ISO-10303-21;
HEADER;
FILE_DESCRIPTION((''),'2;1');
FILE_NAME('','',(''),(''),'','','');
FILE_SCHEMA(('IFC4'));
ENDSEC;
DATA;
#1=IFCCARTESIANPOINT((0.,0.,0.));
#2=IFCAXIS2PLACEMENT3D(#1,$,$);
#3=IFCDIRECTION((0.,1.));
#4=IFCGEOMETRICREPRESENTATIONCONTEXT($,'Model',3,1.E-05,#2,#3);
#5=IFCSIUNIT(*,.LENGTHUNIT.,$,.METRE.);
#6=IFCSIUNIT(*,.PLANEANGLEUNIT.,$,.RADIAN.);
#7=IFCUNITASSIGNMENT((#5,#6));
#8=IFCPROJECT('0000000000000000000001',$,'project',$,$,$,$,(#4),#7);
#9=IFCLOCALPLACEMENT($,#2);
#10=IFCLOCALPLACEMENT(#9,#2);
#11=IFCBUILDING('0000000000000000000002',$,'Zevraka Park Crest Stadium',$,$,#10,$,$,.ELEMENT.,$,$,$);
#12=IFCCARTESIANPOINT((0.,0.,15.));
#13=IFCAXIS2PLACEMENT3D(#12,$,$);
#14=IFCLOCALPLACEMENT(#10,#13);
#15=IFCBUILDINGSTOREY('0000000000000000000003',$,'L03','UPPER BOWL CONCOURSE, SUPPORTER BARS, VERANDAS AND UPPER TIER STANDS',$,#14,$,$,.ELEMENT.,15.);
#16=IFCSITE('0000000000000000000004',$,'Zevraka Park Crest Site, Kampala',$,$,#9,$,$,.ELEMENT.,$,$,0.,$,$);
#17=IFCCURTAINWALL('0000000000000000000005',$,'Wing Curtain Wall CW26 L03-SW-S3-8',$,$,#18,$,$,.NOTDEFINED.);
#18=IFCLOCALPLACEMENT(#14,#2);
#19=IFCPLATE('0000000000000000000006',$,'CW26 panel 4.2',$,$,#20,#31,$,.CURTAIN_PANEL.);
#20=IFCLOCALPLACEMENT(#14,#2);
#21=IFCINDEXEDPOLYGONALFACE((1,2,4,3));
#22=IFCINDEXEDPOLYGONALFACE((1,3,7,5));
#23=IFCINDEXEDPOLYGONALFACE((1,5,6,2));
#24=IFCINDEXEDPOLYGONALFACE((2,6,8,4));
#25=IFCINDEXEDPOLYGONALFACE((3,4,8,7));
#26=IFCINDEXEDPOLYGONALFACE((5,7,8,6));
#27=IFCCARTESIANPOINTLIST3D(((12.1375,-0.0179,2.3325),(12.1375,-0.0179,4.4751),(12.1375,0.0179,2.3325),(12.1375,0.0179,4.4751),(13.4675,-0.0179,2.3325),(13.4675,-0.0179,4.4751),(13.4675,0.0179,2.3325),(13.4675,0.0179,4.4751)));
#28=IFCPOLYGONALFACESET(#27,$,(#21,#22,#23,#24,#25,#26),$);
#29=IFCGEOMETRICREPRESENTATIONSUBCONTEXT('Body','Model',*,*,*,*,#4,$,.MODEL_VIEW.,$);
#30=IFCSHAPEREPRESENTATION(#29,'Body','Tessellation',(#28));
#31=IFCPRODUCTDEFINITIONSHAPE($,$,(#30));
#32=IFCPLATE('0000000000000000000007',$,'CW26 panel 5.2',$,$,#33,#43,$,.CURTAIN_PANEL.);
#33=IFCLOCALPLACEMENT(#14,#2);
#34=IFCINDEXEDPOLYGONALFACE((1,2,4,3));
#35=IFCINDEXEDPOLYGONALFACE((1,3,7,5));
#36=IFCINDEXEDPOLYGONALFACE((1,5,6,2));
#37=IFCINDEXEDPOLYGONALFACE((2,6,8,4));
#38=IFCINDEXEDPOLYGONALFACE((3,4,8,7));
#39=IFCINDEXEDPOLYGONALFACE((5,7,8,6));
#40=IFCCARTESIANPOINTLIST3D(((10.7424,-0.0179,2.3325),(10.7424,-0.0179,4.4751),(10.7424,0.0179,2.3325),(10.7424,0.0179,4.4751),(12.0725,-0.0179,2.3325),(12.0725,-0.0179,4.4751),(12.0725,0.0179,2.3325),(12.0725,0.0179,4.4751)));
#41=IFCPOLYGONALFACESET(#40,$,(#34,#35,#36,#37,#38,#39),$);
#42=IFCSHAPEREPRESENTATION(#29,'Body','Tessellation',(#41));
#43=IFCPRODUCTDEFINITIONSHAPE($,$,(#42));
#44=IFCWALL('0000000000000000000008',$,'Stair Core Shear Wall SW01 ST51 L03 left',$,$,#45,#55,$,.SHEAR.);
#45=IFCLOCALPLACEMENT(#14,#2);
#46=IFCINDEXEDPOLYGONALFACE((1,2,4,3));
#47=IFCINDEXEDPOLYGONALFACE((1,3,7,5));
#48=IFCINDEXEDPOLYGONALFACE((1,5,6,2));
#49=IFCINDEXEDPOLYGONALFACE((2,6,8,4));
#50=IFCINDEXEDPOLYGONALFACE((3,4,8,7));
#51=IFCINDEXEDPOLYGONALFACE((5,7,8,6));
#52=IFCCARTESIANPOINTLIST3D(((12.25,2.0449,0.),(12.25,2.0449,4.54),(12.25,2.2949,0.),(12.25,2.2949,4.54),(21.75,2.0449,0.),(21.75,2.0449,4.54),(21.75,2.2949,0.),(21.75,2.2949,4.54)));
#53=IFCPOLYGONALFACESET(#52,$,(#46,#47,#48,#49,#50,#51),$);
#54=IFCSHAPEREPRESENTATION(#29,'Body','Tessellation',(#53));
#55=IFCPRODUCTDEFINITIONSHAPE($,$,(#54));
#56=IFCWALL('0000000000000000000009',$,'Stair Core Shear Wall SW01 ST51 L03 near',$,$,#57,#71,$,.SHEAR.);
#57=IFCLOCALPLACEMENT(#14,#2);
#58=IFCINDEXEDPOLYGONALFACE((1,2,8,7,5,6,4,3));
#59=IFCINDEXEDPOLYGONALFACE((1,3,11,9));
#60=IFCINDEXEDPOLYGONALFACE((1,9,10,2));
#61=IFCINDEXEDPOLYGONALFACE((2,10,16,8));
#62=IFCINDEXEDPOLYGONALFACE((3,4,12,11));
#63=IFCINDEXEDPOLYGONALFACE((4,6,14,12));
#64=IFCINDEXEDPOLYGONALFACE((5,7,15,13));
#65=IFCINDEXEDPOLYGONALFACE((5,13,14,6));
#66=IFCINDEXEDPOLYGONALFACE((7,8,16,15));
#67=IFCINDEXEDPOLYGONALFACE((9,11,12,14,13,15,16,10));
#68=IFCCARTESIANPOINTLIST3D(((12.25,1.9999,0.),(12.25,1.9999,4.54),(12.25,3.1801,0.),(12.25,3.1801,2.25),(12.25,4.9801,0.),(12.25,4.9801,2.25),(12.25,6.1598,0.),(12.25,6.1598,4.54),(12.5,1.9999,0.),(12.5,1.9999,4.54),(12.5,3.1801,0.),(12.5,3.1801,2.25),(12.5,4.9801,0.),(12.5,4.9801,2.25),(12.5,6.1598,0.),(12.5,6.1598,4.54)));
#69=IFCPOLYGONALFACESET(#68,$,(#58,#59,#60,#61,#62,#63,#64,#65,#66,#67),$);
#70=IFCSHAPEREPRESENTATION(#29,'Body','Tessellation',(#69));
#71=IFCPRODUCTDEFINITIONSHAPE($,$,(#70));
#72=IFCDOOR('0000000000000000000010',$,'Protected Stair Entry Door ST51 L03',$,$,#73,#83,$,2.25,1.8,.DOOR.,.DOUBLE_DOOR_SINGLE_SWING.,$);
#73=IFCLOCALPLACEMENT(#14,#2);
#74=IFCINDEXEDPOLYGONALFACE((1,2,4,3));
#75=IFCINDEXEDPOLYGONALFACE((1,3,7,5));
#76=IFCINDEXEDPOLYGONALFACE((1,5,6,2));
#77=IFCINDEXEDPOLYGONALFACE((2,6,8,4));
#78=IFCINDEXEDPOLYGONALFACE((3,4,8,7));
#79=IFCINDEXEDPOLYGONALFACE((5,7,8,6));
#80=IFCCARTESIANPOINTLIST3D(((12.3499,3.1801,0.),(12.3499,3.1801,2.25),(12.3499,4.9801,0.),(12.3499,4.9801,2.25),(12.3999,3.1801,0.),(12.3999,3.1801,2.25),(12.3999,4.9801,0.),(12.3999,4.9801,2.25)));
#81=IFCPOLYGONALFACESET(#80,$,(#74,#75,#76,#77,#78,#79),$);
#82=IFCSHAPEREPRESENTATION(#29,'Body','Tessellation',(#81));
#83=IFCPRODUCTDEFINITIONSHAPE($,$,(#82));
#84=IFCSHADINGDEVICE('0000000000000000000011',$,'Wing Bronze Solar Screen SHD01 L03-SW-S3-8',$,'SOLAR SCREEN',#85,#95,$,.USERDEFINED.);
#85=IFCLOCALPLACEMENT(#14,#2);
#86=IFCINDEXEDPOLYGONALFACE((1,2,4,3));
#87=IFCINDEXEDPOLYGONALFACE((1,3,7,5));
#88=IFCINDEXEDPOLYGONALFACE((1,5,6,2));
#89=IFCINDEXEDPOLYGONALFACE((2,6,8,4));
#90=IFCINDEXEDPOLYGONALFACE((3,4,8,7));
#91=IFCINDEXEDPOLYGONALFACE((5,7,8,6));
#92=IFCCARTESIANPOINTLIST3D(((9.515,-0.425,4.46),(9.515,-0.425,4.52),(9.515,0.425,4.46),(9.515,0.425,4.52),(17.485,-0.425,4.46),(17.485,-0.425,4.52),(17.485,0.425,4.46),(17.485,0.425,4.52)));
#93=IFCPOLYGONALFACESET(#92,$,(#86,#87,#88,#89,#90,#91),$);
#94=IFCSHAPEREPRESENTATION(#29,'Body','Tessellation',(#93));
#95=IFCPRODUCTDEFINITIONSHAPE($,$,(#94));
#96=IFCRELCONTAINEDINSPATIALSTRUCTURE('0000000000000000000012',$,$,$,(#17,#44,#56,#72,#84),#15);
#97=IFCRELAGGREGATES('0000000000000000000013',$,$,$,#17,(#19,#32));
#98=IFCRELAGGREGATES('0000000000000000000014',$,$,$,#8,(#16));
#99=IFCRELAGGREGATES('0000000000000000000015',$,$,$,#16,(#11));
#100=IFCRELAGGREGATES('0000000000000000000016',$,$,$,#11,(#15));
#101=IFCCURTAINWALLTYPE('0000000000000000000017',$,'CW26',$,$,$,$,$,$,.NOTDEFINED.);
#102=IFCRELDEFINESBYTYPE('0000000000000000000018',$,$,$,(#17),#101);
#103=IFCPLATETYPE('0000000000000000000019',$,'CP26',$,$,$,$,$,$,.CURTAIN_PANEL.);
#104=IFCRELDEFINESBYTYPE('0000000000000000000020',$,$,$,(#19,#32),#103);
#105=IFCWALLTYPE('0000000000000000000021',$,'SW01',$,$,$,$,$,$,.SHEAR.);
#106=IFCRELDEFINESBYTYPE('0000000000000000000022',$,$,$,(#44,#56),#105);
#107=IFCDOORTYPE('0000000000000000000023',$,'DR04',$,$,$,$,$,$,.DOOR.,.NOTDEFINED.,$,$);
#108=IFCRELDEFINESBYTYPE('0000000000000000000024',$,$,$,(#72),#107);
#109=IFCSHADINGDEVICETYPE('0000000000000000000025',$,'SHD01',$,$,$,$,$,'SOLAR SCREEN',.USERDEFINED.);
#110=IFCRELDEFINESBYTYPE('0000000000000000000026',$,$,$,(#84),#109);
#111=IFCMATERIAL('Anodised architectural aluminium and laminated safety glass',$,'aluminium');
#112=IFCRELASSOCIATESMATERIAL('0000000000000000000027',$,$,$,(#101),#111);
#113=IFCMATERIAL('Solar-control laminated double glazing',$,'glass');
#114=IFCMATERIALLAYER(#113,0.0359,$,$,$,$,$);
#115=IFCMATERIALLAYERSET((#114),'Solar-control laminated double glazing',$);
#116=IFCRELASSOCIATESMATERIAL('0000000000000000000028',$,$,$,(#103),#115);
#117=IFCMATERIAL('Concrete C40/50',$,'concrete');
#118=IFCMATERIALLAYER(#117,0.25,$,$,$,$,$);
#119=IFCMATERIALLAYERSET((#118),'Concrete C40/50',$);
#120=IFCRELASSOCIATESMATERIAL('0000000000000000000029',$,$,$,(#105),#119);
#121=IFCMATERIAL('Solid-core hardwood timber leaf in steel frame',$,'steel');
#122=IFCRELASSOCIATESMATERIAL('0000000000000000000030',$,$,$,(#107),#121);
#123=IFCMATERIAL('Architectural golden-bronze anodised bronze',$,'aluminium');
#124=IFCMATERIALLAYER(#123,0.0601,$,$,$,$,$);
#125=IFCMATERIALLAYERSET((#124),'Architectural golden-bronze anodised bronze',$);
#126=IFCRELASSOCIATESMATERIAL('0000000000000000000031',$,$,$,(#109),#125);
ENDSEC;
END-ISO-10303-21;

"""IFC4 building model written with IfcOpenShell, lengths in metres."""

from ifc_helpers import new_model, si_unit, direction, frame, frame_2d, origin, origin_2d, place, context, subcontext, project, spatial, rectangle, extrude, material, layer, layer_set, type_object, element, fill, aggregate, save


model = new_model("IFC4")

# Units and contexts
model_context = context("Model", 3, precision=1e-05, world=origin(), true_north=direction((0.0, 1.0)))
body_context = subcontext(model_context, "Body", "Model", "MODEL_VIEW")
ifc_project = project(units=[si_unit("LENGTHUNIT", "METRE"), si_unit("PLANEANGLEUNIT", "RADIAN")], contexts=[model_context])

# Site, building, storey
site_placement = place(None, origin())
site = spatial("IfcSite", under=ifc_project, at=site_placement, Name="Zevraka Park Crest Site, Kampala", CompositionType="ELEMENT", RefElevation=0.0)
building_placement = place(site_placement, origin())
building = spatial("IfcBuilding", under=site, at=building_placement, Name="Zevraka Park Crest Stadium", CompositionType="ELEMENT")
storey_placement = place(building_placement, frame((0.0, 0.0, 15.0)))
storey = spatial("IfcBuildingStorey", under=building, at=storey_placement, Name="L03", Description="UPPER BOWL CONCOURSE, SUPPORTER BARS, VERANDAS AND UPPER TIER STANDS", CompositionType="ELEMENT", Elevation=15.0)

# Curtain wall, plates
ifc_material_1 = material(Name="Anodised architectural aluminium and laminated safety glass", Category="aluminium")
curtain_wall_type = type_object("IfcCurtainWallType", Name="CW26", PredefinedType="NOTDEFINED", material=ifc_material_1)
curtain_wall_placement = place(storey_placement, origin())
curtain_wall = element("IfcCurtainWall", 1, at=curtain_wall_placement, inside=storey, type_object=curtain_wall_type, Name="Wing Curtain Wall CW26 L03-SW-S3-8", PredefinedType="NOTDEFINED")
ifc_material_2 = material(Name="Solar-control laminated double glazing", Category="glass")
ifc_layer_1 = layer(ifc_material_2, 0.0359)
ifc_layer_set_1 = layer_set([ifc_layer_1], Name="Solar-control laminated double glazing")
plate_type = type_object("IfcPlateType", Name="CP26", PredefinedType="CURTAIN_PANEL", material=ifc_layer_set_1)
plate_1_placement = place(storey_placement, frame((12.8025, 0.0, 2.3325), z_axis=(0.0, 0.0, 1.0), x_axis=(-1.0, 0.0, 0.0)))
plate_1 = element("IfcPlate", 2, at=plate_1_placement, type_object=plate_type, Name="CW26 panel 4.2", PredefinedType="CURTAIN_PANEL", context=body_context, shape_type="SweptSolid", body=[
    extrude(rectangle(XDim=1.3301, YDim=0.0359, at=origin_2d()), origin(), (0.0, 0.0, 1.0), 2.1426),
])
plate_2_placement = place(storey_placement, frame((11.4075, 0.0, 2.3325), z_axis=(0.0, 0.0, 1.0), x_axis=(-1.0, 0.0, 0.0)))
plate_2 = element("IfcPlate", 3, at=plate_2_placement, type_object=plate_type, Name="CW26 panel 5.2", PredefinedType="CURTAIN_PANEL", context=body_context, shape_type="SweptSolid", body=[
    extrude(rectangle(XDim=1.3301, YDim=0.0359, at=origin_2d()), origin(), (0.0, 0.0, 1.0), 2.1426),
])
aggregate(curtain_wall, [plate_1, plate_2])

# Wall
ifc_material_3 = material(Name="Concrete C40/50", Category="concrete")
ifc_layer_2 = layer(ifc_material_3, 0.25)
ifc_layer_set_2 = layer_set([ifc_layer_2], Name="Concrete C40/50")
wall_type = type_object("IfcWallType", Name="SW01", PredefinedType="SHEAR", material=ifc_layer_set_2)
wall_1_placement = place(storey_placement, frame((12.25, 2.1699, 0.0), z_axis=(0.0, 0.0, 1.0), x_axis=(1.0, 0.0, 0.0)))
element("IfcWall", 4, at=wall_1_placement, inside=storey, type_object=wall_type, Name="Stair Core Shear Wall SW01 ST51 L03 left", PredefinedType="SHEAR", context=body_context, shape_type="SweptSolid", body=[
    extrude(rectangle(XDim=9.5, YDim=0.25, at=frame_2d((4.75, 0.0))), origin(), (0.0, 0.0, 1.0), 4.54),
])

# Wall, opening, door
wall_2_placement = place(storey_placement, frame((12.375, 6.1599, 0.0), z_axis=(0.0, 0.0, 1.0), x_axis=(0.0, -1.0, 0.0)))
wall_2 = element("IfcWall", 5, at=wall_2_placement, inside=storey, type_object=wall_type, Name="Stair Core Shear Wall SW01 ST51 L03 near", PredefinedType="SHEAR", context=body_context, shape_type="SweptSolid", body=[
    extrude(rectangle(XDim=4.1599, YDim=0.25, at=frame_2d((2.0801, 0.0))), origin(), (0.0, 0.0, 1.0), 4.54),
])
opening_placement = place(wall_2_placement, frame((1.1799, 0.0, 0.0)))
opening = element("IfcOpeningElement", 6, at=opening_placement, cuts=wall_2, PredefinedType="OPENING", context=body_context, shape_type="SweptSolid", body=[
    extrude(rectangle(XDim=1.8, YDim=2.25, at=frame_2d((0.8999, 1.125))), frame((0.0, 0.135, 0.0), z_axis=(0.0, -1.0, 0.0), x_axis=(1.0, 0.0, 0.0)), (0.0, 0.0, 1.0), 0.27),
])
ifc_material_4 = material(Name="Solid-core hardwood timber leaf in steel frame", Category="steel")
door_type = type_object("IfcDoorType", Name="DR04", OperationType="NOTDEFINED", PredefinedType="DOOR", material=ifc_material_4)
door_placement = place(opening_placement, origin())
door = element("IfcDoor", 7, at=door_placement, inside=storey, type_object=door_type, Name="Protected Stair Entry Door ST51 L03", OperationType="DOUBLE_DOOR_SINGLE_SWING", OverallHeight=2.25, OverallWidth=1.8, PredefinedType="DOOR", context=body_context, shape_type="SweptSolid", body=[
    extrude(rectangle(XDim=1.8, YDim=2.25, at=frame_2d((0.8999, 1.125))), frame((0.0, 0.0249, 0.0), z_axis=(0.0, -1.0, 0.0), x_axis=(1.0, 0.0, 0.0)), (0.0, 0.0, 1.0), 0.05),
])
fill(opening, door)

# Shading device
ifc_material_5 = material(Name="Architectural golden-bronze anodised bronze", Category="aluminium")
ifc_layer_3 = layer(ifc_material_5, 0.0601)
ifc_layer_set_3 = layer_set([ifc_layer_3], Name="Architectural golden-bronze anodised bronze")
shading_device_type = type_object("IfcShadingDeviceType", Name="SHD01", ElementType="SOLAR SCREEN", PredefinedType="USERDEFINED", material=ifc_layer_set_3)
shading_device_placement = place(storey_placement, frame((13.5, 0.0, 4.46), z_axis=(0.0, 0.0, 1.0), x_axis=(-1.0, 0.0, 0.0)))
element("IfcShadingDevice", 8, at=shading_device_placement, inside=storey, type_object=shading_device_type, Name="Wing Bronze Solar Screen SHD01 L03-SW-S3-8", ObjectType="SOLAR SCREEN", PredefinedType="USERDEFINED", context=body_context, shape_type="SweptSolid", body=[
    extrude(rectangle(XDim=7.97, YDim=0.8501, at=origin_2d()), origin(), (0.0, 0.0, 1.0), 0.0601),
])

save(model, "model.ifc")
